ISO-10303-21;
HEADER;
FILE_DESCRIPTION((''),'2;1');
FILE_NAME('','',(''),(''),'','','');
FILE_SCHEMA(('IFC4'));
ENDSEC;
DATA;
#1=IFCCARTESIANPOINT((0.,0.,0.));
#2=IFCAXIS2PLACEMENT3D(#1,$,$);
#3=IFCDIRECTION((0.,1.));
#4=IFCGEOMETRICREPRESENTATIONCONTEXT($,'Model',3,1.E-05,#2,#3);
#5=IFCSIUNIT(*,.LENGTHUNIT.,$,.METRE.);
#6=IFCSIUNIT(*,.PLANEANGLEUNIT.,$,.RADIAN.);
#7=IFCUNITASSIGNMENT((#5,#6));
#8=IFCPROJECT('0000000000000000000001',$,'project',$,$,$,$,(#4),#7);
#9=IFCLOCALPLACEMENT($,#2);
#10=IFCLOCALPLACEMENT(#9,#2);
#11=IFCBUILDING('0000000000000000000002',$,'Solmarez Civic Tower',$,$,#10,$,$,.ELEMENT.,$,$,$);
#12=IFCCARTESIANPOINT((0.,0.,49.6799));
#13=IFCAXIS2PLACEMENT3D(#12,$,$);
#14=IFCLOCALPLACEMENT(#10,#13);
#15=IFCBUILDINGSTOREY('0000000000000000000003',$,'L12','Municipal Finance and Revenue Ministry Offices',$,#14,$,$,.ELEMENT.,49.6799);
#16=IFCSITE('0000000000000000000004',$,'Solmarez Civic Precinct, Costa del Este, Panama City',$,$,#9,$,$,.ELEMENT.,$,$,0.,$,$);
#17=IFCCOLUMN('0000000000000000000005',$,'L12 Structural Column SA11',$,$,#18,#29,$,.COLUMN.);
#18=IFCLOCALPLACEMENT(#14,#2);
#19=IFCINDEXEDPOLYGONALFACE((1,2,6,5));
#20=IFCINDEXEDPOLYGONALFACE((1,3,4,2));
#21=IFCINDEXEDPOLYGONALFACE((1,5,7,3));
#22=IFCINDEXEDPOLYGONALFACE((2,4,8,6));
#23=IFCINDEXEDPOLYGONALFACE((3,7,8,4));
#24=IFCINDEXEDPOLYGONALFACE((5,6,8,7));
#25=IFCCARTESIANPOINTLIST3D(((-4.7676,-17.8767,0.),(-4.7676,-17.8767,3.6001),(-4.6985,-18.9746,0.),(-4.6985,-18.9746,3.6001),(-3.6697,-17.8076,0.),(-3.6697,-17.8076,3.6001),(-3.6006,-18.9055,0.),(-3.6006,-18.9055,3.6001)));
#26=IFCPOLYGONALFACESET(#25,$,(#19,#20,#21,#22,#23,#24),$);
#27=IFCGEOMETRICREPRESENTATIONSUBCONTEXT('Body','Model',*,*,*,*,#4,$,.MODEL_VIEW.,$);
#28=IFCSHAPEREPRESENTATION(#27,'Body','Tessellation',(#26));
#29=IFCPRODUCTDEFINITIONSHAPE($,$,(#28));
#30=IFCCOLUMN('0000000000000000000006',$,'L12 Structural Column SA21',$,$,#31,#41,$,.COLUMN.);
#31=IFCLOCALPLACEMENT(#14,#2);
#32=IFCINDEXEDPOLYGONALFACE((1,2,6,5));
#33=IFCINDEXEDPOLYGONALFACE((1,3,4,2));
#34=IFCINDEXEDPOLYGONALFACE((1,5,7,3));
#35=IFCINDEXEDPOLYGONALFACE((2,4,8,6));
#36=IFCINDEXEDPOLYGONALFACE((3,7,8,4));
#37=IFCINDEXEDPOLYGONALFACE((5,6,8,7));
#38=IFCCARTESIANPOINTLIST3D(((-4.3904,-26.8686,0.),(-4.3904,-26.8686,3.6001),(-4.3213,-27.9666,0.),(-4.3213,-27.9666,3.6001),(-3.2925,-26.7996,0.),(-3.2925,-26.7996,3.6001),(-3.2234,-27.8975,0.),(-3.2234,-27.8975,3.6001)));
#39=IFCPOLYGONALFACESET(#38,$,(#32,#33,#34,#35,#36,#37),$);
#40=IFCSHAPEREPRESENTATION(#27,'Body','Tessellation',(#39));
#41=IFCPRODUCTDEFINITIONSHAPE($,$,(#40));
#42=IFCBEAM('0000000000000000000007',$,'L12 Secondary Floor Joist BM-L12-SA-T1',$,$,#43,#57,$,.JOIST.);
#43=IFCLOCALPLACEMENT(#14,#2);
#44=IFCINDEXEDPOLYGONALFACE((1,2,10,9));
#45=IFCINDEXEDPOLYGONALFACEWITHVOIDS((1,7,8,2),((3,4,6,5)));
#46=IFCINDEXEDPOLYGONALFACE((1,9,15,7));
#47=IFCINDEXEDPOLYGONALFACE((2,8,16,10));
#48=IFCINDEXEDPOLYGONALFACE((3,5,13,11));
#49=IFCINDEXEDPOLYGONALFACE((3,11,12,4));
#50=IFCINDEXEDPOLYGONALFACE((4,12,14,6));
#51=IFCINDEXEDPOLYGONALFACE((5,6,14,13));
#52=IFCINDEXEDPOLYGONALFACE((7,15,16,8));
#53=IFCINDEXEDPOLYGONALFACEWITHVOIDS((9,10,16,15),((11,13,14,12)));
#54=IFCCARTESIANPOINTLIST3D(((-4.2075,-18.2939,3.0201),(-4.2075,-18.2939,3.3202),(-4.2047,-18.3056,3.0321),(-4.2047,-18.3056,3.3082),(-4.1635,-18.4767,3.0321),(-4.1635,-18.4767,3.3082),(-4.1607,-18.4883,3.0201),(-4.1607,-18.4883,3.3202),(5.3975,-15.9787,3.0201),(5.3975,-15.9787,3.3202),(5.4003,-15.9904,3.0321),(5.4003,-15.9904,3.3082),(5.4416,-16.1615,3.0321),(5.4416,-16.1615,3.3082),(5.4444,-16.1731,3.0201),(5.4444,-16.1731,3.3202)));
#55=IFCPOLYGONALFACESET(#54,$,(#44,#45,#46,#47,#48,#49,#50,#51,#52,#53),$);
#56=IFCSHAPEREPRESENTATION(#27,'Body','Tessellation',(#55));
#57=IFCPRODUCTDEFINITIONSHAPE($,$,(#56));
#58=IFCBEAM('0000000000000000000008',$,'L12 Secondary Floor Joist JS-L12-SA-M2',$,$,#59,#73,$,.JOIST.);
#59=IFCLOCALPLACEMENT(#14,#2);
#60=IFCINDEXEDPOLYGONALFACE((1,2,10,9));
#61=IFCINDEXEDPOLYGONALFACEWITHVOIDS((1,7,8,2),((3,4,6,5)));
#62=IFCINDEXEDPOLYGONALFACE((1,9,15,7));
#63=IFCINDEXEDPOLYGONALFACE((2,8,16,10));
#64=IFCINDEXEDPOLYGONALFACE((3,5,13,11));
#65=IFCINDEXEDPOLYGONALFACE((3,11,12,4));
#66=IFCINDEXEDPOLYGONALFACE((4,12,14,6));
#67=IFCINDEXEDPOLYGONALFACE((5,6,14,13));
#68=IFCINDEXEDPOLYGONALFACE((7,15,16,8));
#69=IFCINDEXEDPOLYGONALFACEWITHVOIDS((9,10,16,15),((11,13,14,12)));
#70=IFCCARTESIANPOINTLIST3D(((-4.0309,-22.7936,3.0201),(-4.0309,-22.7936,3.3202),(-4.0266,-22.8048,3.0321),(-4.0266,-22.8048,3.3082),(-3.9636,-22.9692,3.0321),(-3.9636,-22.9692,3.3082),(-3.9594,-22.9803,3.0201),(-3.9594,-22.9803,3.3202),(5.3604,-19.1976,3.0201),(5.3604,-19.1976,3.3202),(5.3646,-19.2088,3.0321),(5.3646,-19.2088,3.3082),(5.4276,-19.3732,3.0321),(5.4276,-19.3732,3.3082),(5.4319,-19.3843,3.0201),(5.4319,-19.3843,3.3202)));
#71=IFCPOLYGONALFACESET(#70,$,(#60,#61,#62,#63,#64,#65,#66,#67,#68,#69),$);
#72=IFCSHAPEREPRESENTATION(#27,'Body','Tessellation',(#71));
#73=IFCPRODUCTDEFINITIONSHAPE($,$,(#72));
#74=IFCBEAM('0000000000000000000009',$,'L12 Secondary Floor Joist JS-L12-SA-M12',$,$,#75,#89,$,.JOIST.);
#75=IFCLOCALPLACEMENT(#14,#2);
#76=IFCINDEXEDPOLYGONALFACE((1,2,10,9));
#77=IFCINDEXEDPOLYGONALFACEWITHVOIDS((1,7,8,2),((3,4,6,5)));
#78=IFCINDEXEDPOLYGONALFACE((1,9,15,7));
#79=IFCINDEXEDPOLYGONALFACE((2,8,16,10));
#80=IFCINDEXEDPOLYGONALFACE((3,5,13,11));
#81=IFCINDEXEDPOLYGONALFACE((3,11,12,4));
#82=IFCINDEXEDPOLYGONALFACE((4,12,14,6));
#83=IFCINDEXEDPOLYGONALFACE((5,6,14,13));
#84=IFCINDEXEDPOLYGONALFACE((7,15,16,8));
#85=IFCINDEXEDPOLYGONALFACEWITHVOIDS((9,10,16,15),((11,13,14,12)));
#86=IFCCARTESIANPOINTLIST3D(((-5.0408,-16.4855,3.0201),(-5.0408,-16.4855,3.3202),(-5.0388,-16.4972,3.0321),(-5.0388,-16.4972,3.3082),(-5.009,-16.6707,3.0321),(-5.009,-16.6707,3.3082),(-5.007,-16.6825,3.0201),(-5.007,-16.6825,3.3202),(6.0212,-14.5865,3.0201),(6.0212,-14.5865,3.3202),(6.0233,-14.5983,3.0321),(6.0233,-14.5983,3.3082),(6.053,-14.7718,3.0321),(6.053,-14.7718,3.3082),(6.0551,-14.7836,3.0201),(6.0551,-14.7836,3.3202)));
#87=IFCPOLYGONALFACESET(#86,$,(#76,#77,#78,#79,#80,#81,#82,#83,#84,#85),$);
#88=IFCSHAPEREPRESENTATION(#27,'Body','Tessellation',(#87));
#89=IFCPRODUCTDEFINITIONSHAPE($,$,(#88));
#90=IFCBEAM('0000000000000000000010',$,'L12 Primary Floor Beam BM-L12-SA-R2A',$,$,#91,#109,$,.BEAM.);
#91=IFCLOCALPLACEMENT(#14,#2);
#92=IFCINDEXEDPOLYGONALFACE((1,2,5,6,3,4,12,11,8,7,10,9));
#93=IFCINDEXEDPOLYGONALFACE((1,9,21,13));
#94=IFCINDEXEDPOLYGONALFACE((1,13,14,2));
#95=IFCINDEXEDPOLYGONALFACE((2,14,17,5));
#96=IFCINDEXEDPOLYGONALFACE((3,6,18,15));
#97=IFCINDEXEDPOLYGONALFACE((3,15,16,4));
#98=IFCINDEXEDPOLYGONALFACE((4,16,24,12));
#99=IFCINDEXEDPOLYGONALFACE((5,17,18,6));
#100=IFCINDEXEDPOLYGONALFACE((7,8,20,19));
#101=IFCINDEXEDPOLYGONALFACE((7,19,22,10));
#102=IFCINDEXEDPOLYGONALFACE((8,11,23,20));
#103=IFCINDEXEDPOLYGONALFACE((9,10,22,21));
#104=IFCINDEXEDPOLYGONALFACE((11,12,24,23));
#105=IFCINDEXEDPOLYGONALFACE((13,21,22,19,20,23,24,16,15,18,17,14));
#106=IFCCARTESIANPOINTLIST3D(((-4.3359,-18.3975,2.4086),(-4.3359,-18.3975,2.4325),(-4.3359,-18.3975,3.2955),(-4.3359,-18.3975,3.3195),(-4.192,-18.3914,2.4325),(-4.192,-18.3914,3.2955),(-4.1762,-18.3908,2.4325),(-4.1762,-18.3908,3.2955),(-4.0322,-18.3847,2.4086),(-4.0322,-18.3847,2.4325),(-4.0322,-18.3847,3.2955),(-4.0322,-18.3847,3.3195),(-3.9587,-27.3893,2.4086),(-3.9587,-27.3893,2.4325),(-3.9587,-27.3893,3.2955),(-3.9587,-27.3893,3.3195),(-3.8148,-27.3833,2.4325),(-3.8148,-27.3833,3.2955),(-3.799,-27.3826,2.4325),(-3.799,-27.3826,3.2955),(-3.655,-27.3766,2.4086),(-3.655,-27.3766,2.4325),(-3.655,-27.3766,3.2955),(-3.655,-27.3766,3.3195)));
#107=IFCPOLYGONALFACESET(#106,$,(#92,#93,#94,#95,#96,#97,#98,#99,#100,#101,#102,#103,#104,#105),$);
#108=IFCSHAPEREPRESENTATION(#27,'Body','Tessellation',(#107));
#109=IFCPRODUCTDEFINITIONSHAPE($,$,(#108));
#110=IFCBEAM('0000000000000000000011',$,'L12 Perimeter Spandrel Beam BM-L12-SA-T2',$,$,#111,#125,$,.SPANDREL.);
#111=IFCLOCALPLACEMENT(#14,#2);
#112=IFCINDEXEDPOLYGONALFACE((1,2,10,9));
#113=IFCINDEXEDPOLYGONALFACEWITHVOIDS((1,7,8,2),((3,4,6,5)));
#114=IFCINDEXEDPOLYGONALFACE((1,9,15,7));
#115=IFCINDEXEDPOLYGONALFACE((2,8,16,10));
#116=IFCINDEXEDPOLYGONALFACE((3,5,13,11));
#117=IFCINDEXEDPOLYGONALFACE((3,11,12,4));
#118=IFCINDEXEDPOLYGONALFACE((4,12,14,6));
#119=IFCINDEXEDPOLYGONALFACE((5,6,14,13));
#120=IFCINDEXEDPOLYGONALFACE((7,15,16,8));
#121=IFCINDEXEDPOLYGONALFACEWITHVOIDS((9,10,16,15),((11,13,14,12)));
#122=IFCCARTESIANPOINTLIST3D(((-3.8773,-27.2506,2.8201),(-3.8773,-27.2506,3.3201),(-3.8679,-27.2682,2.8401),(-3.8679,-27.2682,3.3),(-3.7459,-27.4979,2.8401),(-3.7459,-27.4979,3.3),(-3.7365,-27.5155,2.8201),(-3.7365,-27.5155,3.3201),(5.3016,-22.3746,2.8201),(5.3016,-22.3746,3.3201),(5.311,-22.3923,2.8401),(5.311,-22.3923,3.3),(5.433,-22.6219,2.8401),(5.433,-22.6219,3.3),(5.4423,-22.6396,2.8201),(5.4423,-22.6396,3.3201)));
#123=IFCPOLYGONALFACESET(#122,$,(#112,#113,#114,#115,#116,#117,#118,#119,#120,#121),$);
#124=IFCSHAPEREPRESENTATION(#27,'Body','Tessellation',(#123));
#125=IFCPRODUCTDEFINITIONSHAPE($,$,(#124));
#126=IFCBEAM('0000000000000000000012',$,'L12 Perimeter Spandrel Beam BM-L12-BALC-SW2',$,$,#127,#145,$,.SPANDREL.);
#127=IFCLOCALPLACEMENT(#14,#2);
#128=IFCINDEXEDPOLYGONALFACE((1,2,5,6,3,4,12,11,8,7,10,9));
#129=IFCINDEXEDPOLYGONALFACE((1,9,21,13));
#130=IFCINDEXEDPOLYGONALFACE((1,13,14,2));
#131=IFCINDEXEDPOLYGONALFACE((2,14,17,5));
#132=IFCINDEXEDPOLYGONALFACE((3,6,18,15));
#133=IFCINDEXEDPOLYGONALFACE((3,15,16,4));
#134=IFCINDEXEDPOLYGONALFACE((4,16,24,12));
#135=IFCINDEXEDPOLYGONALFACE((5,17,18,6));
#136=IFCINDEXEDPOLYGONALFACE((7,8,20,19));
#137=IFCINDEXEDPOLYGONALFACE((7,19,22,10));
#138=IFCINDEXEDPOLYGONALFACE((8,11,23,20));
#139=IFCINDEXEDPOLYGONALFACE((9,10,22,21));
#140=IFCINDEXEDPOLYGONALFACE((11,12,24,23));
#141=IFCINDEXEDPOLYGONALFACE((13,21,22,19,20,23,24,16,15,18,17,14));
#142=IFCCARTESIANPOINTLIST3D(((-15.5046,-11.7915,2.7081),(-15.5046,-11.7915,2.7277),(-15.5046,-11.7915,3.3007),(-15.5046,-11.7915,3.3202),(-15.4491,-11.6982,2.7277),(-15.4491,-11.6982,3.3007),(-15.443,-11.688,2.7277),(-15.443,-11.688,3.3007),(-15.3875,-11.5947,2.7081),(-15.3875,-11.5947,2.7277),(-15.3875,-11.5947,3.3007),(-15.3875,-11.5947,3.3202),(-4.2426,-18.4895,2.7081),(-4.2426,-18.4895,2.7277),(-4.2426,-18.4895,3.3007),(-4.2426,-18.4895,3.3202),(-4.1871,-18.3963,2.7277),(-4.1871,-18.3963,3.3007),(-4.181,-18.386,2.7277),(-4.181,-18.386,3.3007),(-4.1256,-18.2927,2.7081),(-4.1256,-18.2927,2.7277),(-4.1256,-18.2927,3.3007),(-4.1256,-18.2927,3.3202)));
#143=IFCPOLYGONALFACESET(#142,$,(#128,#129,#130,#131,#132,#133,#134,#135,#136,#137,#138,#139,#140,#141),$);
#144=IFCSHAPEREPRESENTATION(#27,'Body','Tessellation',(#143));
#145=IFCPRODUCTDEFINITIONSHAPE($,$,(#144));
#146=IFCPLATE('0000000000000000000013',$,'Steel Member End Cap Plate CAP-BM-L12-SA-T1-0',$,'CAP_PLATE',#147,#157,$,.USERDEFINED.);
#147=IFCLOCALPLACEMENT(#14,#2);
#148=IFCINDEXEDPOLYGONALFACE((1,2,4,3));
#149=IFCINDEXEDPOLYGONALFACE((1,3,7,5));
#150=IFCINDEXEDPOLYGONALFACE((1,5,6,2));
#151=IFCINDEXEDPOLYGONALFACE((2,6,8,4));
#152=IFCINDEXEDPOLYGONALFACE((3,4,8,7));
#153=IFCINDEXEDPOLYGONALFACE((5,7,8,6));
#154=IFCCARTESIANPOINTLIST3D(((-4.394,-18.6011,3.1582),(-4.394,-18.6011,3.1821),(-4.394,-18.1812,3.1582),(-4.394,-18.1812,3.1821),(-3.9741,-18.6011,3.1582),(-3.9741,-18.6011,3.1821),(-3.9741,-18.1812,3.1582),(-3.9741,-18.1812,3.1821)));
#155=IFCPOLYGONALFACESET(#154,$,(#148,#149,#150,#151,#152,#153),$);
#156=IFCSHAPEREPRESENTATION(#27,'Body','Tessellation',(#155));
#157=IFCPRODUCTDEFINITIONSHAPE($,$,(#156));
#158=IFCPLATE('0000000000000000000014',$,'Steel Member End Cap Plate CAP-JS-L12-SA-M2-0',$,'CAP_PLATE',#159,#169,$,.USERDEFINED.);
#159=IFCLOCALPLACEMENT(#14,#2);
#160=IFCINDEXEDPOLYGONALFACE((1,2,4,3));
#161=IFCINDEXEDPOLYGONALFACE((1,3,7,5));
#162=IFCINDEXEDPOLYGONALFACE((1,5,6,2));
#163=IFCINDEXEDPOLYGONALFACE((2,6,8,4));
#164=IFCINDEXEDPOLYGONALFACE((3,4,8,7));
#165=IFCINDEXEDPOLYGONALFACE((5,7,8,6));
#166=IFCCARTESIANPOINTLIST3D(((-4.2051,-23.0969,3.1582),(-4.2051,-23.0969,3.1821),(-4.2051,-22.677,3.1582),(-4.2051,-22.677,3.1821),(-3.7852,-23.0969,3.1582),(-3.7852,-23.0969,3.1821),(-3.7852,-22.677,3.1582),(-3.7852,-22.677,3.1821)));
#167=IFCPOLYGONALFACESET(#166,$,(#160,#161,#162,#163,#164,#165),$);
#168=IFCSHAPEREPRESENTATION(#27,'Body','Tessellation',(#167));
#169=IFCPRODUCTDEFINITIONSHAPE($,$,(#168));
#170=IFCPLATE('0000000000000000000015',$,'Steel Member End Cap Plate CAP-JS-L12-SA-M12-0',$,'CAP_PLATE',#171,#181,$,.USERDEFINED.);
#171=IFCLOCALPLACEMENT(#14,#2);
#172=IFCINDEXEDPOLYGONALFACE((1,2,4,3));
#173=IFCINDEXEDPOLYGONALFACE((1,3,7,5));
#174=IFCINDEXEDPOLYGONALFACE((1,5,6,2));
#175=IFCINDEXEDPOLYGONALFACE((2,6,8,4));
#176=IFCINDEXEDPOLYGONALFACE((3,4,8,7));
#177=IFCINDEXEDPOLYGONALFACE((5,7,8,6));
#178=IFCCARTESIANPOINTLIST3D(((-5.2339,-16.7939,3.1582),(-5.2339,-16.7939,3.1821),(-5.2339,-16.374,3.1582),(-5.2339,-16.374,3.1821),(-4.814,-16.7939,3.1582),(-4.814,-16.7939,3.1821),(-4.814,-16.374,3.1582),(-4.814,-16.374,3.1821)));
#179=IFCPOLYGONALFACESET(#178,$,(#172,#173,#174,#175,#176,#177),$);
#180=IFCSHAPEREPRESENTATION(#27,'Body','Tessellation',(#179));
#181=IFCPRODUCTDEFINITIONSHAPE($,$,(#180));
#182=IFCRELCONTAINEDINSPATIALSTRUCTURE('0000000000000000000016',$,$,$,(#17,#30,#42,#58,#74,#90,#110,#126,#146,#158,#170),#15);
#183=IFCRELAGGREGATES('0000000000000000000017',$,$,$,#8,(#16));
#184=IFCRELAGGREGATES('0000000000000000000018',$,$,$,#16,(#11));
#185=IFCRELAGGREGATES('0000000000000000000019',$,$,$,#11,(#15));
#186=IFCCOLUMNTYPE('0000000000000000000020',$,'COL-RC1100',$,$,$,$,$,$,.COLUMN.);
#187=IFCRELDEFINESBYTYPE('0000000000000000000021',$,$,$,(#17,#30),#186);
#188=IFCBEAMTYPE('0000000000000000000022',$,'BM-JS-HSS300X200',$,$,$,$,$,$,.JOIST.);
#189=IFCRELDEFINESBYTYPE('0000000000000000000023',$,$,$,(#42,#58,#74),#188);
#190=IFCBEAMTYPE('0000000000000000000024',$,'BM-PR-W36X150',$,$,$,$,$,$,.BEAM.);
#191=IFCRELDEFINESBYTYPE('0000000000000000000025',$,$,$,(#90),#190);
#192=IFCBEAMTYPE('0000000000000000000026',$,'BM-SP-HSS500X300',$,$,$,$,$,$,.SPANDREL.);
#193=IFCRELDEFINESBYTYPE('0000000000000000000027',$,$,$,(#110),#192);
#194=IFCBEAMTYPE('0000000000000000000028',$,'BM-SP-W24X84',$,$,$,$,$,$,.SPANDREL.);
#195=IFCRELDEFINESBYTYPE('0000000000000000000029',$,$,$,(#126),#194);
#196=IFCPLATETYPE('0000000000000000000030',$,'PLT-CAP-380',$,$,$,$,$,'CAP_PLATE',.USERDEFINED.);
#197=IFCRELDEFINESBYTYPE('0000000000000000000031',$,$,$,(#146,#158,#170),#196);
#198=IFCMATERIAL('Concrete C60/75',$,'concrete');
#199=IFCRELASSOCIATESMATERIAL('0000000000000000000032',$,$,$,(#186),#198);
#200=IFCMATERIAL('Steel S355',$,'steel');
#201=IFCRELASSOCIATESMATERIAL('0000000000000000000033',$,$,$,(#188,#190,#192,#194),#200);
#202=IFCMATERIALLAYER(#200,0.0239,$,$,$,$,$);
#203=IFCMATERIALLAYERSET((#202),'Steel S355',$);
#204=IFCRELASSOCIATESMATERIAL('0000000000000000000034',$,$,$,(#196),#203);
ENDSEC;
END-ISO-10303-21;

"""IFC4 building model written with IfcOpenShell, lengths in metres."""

from ifc_helpers import new_model, si_unit, direction, frame, origin, origin_2d, place, context, subcontext, project, spatial, rectangle, hollow_rectangle, i_section, extrude, material, layer, layer_set, material_profile, profile_set, type_object, element, save


model = new_model("IFC4")

# Units and contexts
model_context = context("Model", 3, precision=1e-05, world=origin(), true_north=direction((0.0, 1.0)))
body_context = subcontext(model_context, "Body", "Model", "MODEL_VIEW")
ifc_project = project(units=[si_unit("LENGTHUNIT", "METRE"), si_unit("PLANEANGLEUNIT", "RADIAN")], contexts=[model_context])

# Site, building, storey
site_placement = place(None, origin())
site = spatial("IfcSite", under=ifc_project, at=site_placement, Name="Solmarez Civic Precinct, Costa del Este, Panama City", CompositionType="ELEMENT", RefElevation=0.0)
building_placement = place(site_placement, origin())
building = spatial("IfcBuilding", under=site, at=building_placement, Name="Solmarez Civic Tower", CompositionType="ELEMENT")
storey_placement = place(building_placement, frame((0.0, 0.0, 49.6799)))
storey = spatial("IfcBuildingStorey", under=building, at=storey_placement, Name="L12", Description="Municipal Finance and Revenue Ministry Offices", CompositionType="ELEMENT", Elevation=49.6799)

# Columns
ifc_material_1 = material(Name="Concrete C60/75", Category="concrete")
ifc_material_profile_1 = material_profile(ifc_material_1, rectangle(XDim=1.1001, YDim=1.1001, at=origin_2d()), Name="RC1100X1100")
ifc_profile_set_1 = profile_set([ifc_material_profile_1], Name="Concrete C60/75")
column_type = type_object("IfcColumnType", Name="COL-RC1100", PredefinedType="COLUMN", material=ifc_profile_set_1)
for number, where, z_axis, x_axis, name in (
    (1, (-4.1841, -18.3911, 0.0), (0.0, 0.0, 1.0), (0.998027, 0.062791, 0.0), "L12 Structural Column SA11"),
    (2, (-3.8069, -27.3831, 0.0), (0.0, 0.0, 1.0), (0.998027, 0.062791, 0.0), "L12 Structural Column SA21"),
):
    element("IfcColumn", number, at=place(storey_placement, frame(where, z_axis=z_axis, x_axis=x_axis)), inside=storey, type_object=column_type, Name=name, PredefinedType="COLUMN", context=body_context, shape_type="SweptSolid", body=[
        extrude(rectangle(XDim=1.1001, YDim=1.1001, at=origin_2d()), origin(), (0.0, 0.0, 1.0), 3.6001),
    ])

# Beams
ifc_material_2 = material(Name="Steel S355", Category="steel")
ifc_material_profile_2 = material_profile(ifc_material_2, hollow_rectangle(XDim=0.2, YDim=0.3, WallThickness=0.012, at=origin_2d()), Name="HSS300X200X12")
ifc_profile_set_2 = profile_set([ifc_material_profile_2], Name="Steel S355")
beam_type_1 = type_object("IfcBeamType", Name="BM-JS-HSS300X200", PredefinedType="JOIST", material=ifc_profile_set_2)
beam_1_placement = place(storey_placement, frame((-4.1841, -18.3911, 3.1702), z_axis=(0.972157, 0.234329, 0.0), x_axis=(-0.234329, 0.972157, 0.0)))
element("IfcBeam", 3, at=beam_1_placement, inside=storey, type_object=beam_type_1, Name="L12 Secondary Floor Joist BM-L12-SA-T1", PredefinedType="JOIST", context=body_context, shape_type="SweptSolid", body=[
    extrude(hollow_rectangle(XDim=0.2, YDim=0.3, WallThickness=0.012, at=origin_2d()), origin(), (0.0, 0.0, 1.0), 9.8801),
])
beam_2_placement = place(storey_placement, frame((-3.9951, -22.887, 3.1702), z_axis=(0.933878, 0.357591, 0.0), x_axis=(-0.357591, 0.933878, 0.0)))
element("IfcBeam", 4, at=beam_2_placement, inside=storey, type_object=beam_type_1, Name="L12 Secondary Floor Joist JS-L12-SA-M2", PredefinedType="JOIST", context=body_context, shape_type="SweptSolid", body=[
    extrude(hollow_rectangle(XDim=0.2, YDim=0.3, WallThickness=0.012, at=origin_2d()), origin(), (0.0, 0.0, 1.0), 10.0562),
])
beam_3_placement = place(storey_placement, frame((-5.0239, -16.584, 3.1702), z_axis=(0.985584, 0.169187, 0.0), x_axis=(-0.169187, 0.985584, 0.0)))
element("IfcBeam", 5, at=beam_3_placement, inside=storey, type_object=beam_type_1, Name="L12 Secondary Floor Joist JS-L12-SA-M12", PredefinedType="JOIST", context=body_context, shape_type="SweptSolid", body=[
    extrude(hollow_rectangle(XDim=0.2, YDim=0.3, WallThickness=0.012, at=origin_2d()), origin(), (0.0, 0.0, 1.0), 11.2239),
])
ifc_material_profile_3 = material_profile(ifc_material_2, i_section(OverallWidth=0.304, OverallDepth=0.9109, WebThickness=0.0159, FlangeThickness=0.0239, at=origin_2d()), Name="W36X150")
ifc_profile_set_3 = profile_set([ifc_material_profile_3], Name="Steel S355")
beam_type_2 = type_object("IfcBeamType", Name="BM-PR-W36X150", PredefinedType="BEAM", material=ifc_profile_set_3)
beam_4_placement = place(storey_placement, frame((-4.1841, -18.3911, 2.864), z_axis=(0.041911, -0.999121, 0.0), x_axis=(0.999121, 0.041911, 0.0)))
element("IfcBeam", 6, at=beam_4_placement, inside=storey, type_object=beam_type_2, Name="L12 Primary Floor Beam BM-L12-SA-R2A", PredefinedType="BEAM", context=body_context, shape_type="SweptSolid", body=[
    extrude(i_section(OverallWidth=0.304, OverallDepth=0.9109, WebThickness=0.0159, FlangeThickness=0.0239, at=origin_2d()), origin(), (0.0, 0.0, 1.0), 8.9998),
])
ifc_material_profile_4 = material_profile(ifc_material_2, hollow_rectangle(XDim=0.3, YDim=0.5, WallThickness=0.02, at=origin_2d()), Name="HSS500X300X20")
ifc_profile_set_4 = profile_set([ifc_material_profile_4], Name="Steel S355")
beam_type_3 = type_object("IfcBeamType", Name="BM-SP-HSS500X300", PredefinedType="SPANDREL", material=ifc_profile_set_4)
beam_5_placement = place(storey_placement, frame((-3.8069, -27.3831, 3.0701), z_axis=(0.883129, 0.469129, 0.0), x_axis=(-0.469129, 0.883129, 0.0)))
element("IfcBeam", 7, at=beam_5_placement, inside=storey, type_object=beam_type_3, Name="L12 Perimeter Spandrel Beam BM-L12-SA-T2", PredefinedType="SPANDREL", context=body_context, shape_type="SweptSolid", body=[
    extrude(hollow_rectangle(XDim=0.3, YDim=0.5, WallThickness=0.02, at=origin_2d()), origin(), (0.0, 0.0, 1.0), 10.3936),
])
ifc_material_profile_5 = material_profile(ifc_material_2, i_section(OverallWidth=0.229, OverallDepth=0.6121, WebThickness=0.012, FlangeThickness=0.0195, at=origin_2d()), Name="W24X84")
ifc_profile_set_5 = profile_set([ifc_material_profile_5], Name="Steel S355")
beam_type_4 = type_object("IfcBeamType", Name="BM-SP-W24X84", PredefinedType="SPANDREL", material=ifc_profile_set_5)
beam_6_placement = place(storey_placement, frame((-4.1841, -18.3911, 3.0142), z_axis=(-0.859479, 0.511171, 0.0), x_axis=(-0.511171, -0.859479, 0.0)))
element("IfcBeam", 8, at=beam_6_placement, inside=storey, type_object=beam_type_4, Name="L12 Perimeter Spandrel Beam BM-L12-BALC-SW2", PredefinedType="SPANDREL", context=body_context, shape_type="SweptSolid", body=[
    extrude(i_section(OverallWidth=0.229, OverallDepth=0.6121, WebThickness=0.012, FlangeThickness=0.0195, at=origin_2d()), origin(), (0.0, 0.0, 1.0), 13.1033),
])

# Plates
ifc_layer_1 = layer(ifc_material_2, 0.0239)
ifc_layer_set_1 = layer_set([ifc_layer_1], Name="Steel S355")
plate_type_1 = type_object("IfcPlateType", Name="PLT-CAP-380", ElementType="CAP_PLATE", PredefinedType="USERDEFINED", material=ifc_layer_set_1)
for number, where, z_axis, x_axis, name in (
    (9, (-4.1841, -18.3911, 3.1582), (0.0, 0.0, 1.0), (1.0, 0.0, 0.0), "Steel Member End Cap Plate CAP-BM-L12-SA-T1-0"),
    (10, (-3.9951, -22.887, 3.1582), (0.0, 0.0, 1.0), (1.0, 0.0, 0.0), "Steel Member End Cap Plate CAP-JS-L12-SA-M2-0"),
    (11, (-5.0239, -16.584, 3.1582), (0.0, 0.0, 1.0), (1.0, 0.0, 0.0), "Steel Member End Cap Plate CAP-JS-L12-SA-M12-0"),
):
    element("IfcPlate", number, at=place(storey_placement, frame(where, z_axis=z_axis, x_axis=x_axis)), inside=storey, type_object=plate_type_1, Name=name, ObjectType="CAP_PLATE", PredefinedType="USERDEFINED", context=body_context, shape_type="SweptSolid", body=[
        extrude(rectangle(XDim=0.4199, YDim=0.4199, at=origin_2d()), origin(), (0.0, 0.0, 1.0), 0.0239),
    ])

save(model, "model.ifc")
